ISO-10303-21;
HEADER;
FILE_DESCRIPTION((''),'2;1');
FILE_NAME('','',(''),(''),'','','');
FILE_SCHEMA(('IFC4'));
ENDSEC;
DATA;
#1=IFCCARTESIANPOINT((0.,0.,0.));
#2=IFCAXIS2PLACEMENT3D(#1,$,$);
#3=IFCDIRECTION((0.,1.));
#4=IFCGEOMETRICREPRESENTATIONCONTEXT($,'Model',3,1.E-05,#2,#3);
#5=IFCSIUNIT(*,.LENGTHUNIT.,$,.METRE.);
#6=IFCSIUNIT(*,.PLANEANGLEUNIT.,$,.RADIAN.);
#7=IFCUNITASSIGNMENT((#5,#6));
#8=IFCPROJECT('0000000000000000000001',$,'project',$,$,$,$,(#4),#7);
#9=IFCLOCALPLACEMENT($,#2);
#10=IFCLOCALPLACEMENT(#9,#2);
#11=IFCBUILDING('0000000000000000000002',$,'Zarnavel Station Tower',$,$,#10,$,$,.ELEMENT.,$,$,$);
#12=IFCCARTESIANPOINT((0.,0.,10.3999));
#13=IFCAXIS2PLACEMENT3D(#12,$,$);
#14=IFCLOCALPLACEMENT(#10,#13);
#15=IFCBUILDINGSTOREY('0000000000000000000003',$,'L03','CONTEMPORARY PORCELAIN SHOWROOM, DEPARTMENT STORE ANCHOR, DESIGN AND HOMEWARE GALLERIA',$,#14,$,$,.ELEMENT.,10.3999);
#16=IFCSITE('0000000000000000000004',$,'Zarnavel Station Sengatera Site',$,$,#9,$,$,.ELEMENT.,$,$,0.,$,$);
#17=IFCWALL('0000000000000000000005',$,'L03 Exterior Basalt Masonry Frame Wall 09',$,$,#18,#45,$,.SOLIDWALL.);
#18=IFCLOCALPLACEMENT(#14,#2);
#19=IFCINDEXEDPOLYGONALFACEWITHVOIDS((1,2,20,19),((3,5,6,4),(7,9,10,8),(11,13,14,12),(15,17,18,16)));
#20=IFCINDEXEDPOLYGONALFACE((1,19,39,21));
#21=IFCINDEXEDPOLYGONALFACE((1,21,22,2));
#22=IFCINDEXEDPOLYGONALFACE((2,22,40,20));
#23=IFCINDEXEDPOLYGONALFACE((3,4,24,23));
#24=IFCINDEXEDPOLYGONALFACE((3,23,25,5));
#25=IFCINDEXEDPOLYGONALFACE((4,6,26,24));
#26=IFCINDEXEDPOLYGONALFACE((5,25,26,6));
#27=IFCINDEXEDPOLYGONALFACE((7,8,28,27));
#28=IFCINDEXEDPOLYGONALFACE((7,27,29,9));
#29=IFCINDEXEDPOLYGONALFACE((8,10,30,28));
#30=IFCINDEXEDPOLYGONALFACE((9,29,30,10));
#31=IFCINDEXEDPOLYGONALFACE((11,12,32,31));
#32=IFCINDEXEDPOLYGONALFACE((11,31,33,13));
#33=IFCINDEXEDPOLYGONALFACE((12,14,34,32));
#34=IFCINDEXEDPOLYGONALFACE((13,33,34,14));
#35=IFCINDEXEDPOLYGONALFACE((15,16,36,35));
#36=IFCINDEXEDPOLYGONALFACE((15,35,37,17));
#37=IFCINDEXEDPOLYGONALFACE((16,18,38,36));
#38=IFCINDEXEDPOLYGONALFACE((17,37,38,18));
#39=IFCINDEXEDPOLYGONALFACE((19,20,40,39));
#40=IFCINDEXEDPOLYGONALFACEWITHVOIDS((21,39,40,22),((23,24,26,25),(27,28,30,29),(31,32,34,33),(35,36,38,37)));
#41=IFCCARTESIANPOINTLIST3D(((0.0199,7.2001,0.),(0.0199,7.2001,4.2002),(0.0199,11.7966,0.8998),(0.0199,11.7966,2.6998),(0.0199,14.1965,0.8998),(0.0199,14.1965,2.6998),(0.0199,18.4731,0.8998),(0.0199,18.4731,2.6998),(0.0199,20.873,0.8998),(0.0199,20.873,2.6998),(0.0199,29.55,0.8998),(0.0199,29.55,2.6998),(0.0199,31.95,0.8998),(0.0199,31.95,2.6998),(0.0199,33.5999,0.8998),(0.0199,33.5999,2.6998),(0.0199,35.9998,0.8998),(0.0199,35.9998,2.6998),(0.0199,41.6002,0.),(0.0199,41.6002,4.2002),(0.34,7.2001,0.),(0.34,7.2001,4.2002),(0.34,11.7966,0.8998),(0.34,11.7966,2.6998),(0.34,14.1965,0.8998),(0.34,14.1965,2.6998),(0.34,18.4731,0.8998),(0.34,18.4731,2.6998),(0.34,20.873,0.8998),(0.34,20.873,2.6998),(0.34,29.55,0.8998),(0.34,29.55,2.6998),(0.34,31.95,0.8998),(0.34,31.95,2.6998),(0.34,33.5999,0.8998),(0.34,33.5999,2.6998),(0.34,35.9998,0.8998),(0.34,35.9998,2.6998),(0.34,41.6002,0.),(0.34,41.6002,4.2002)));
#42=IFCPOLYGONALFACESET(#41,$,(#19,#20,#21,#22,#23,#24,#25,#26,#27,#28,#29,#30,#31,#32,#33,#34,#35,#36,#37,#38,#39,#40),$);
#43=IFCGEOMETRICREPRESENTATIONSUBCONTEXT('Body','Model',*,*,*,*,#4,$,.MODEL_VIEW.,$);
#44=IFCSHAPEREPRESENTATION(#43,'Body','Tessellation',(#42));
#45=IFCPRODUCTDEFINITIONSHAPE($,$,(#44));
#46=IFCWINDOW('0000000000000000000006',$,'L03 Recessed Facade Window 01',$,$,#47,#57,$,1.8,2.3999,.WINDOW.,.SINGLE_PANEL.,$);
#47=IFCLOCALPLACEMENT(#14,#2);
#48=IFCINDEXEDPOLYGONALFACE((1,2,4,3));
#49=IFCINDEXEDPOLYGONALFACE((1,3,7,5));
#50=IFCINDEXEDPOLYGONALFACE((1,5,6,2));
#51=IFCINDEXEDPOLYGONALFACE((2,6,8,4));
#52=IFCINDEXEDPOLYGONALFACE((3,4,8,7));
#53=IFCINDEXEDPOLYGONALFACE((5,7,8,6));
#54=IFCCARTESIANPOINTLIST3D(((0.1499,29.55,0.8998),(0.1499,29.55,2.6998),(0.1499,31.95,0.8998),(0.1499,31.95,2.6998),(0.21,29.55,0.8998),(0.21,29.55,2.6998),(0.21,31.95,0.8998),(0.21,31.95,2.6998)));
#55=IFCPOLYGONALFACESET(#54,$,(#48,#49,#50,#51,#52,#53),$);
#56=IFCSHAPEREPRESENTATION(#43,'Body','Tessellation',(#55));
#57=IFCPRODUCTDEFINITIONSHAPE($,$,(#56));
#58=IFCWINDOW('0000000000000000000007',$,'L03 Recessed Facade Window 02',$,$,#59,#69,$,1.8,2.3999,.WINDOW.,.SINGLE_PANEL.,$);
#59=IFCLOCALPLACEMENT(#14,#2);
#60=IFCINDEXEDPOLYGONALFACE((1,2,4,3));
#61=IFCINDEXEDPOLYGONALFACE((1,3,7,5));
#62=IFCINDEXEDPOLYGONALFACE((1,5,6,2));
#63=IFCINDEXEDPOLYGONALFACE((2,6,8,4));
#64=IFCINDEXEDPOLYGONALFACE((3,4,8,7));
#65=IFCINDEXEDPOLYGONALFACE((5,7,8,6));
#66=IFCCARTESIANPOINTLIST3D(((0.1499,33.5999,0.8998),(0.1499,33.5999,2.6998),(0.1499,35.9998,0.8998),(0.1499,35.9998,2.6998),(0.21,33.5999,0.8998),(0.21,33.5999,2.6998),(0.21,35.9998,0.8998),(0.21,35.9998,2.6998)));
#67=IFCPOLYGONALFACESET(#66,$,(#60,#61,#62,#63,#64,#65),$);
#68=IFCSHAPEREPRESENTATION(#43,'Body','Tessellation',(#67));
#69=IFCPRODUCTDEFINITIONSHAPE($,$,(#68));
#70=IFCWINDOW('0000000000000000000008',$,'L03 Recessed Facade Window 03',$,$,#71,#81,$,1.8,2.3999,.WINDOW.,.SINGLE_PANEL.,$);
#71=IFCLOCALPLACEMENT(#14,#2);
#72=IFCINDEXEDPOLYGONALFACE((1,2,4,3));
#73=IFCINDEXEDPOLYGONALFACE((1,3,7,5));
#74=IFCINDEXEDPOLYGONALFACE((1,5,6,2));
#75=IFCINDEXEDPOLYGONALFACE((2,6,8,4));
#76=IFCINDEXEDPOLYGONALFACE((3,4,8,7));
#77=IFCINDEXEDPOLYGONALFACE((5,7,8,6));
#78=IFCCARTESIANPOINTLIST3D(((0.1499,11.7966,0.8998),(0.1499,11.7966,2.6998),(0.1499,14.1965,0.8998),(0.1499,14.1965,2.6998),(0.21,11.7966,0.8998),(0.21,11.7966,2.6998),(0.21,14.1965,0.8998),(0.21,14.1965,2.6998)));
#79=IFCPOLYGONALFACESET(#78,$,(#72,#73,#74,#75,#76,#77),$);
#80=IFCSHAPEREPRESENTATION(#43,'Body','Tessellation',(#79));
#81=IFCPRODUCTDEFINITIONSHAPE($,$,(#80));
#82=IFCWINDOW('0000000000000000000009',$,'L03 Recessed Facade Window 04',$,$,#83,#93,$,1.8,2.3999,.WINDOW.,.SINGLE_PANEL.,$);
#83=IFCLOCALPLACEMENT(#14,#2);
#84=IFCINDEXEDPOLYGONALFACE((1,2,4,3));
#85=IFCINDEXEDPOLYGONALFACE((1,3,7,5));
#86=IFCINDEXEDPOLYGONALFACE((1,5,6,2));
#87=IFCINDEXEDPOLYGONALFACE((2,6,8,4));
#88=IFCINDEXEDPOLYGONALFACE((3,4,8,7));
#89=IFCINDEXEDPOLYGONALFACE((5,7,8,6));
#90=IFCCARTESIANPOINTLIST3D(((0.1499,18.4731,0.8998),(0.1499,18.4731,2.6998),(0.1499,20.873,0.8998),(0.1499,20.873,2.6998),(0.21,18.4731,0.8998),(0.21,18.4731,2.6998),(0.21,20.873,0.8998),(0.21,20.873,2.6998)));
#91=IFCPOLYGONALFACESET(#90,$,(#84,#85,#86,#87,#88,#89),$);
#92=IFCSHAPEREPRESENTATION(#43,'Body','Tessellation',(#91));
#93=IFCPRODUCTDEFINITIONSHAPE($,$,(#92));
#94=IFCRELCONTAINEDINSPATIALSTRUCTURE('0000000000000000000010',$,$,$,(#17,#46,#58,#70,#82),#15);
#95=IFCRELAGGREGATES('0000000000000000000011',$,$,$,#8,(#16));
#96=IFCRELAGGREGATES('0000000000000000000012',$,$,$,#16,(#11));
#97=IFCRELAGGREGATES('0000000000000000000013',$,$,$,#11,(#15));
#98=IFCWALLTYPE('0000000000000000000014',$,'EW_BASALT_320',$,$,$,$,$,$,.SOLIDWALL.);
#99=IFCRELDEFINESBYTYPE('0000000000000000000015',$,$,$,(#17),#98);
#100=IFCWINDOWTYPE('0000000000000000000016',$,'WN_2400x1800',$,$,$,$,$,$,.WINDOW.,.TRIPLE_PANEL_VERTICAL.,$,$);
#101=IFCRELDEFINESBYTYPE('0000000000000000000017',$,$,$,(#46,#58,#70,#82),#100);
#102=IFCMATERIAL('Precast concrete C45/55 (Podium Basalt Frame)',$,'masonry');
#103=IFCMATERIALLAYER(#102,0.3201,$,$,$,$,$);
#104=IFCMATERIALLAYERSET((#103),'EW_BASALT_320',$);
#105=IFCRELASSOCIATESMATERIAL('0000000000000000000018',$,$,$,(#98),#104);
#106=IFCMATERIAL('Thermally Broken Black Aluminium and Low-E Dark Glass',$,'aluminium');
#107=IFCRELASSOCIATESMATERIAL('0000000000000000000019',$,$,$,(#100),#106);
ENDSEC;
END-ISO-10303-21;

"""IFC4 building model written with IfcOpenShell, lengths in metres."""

from ifc_helpers import new_model, si_unit, direction, frame, frame_2d, origin, place, context, subcontext, project, spatial, rectangle, extrude, material, layer, layer_set, type_object, element, fill, save


model = new_model("IFC4")

# Units and contexts
model_context = context("Model", 3, precision=1e-05, world=origin(), true_north=direction((0.0, 1.0)))
body_context = subcontext(model_context, "Body", "Model", "MODEL_VIEW")
ifc_project = project(units=[si_unit("LENGTHUNIT", "METRE"), si_unit("PLANEANGLEUNIT", "RADIAN")], contexts=[model_context])

# Site, building, storey
site_placement = place(None, origin())
site = spatial("IfcSite", under=ifc_project, at=site_placement, Name="Zarnavel Station Sengatera Site", CompositionType="ELEMENT", RefElevation=0.0)
building_placement = place(site_placement, origin())
building = spatial("IfcBuilding", under=site, at=building_placement, Name="Zarnavel Station Tower", CompositionType="ELEMENT")
storey_placement = place(building_placement, frame((0.0, 0.0, 10.3999)))
storey = spatial("IfcBuildingStorey", under=building, at=storey_placement, Name="L03", Description="CONTEMPORARY PORCELAIN SHOWROOM, DEPARTMENT STORE ANCHOR, DESIGN AND HOMEWARE GALLERIA", CompositionType="ELEMENT", Elevation=10.3999)

# Wall, openings, windows
ifc_material_1 = material(Name="Precast concrete C45/55 (Podium Basalt Frame)", Category="masonry")
ifc_layer = layer(ifc_material_1, 0.3201)
ifc_layer_set = layer_set([ifc_layer], Name="EW_BASALT_320")
wall_type = type_object("IfcWallType", Name="EW_BASALT_320", PredefinedType="SOLIDWALL", material=ifc_layer_set)
wall_placement = place(storey_placement, frame((0.1799, 7.2, 0.0), z_axis=(0.0, 0.0, 1.0), x_axis=(0.0, 1.0, 0.0)))
wall = element("IfcWall", 1, at=wall_placement, inside=storey, type_object=wall_type, Name="L03 Exterior Basalt Masonry Frame Wall 09", PredefinedType="SOLIDWALL", context=body_context, shape_type="SweptSolid", body=[
    extrude(rectangle(XDim=34.4001, YDim=0.3201, at=frame_2d((17.2002, 0.0))), origin(), (0.0, 0.0, 1.0), 4.2002),
])
opening_1_placement = place(wall_placement, frame((22.3501, 0.0, 0.8999)))
opening_1 = element("IfcOpeningElement", 2, at=opening_1_placement, cuts=wall, PredefinedType="OPENING", context=body_context, shape_type="SweptSolid", body=[
    extrude(rectangle(XDim=2.3999, YDim=1.8, at=frame_2d((1.2, 0.8999))), frame((0.0, 0.1699, 0.0), z_axis=(0.0, -1.0, 0.0), x_axis=(1.0, 0.0, 0.0)), (0.0, 0.0, 1.0), 0.3401),
])
opening_2_placement = place(wall_placement, frame((26.3999, 0.0, 0.8999)))
opening_2 = element("IfcOpeningElement", 3, at=opening_2_placement, cuts=wall, PredefinedType="OPENING", context=body_context, shape_type="SweptSolid", body=[
    extrude(rectangle(XDim=2.3999, YDim=1.8, at=frame_2d((1.2, 0.8999))), frame((0.0, 0.1699, 0.0), z_axis=(0.0, -1.0, 0.0), x_axis=(1.0, 0.0, 0.0)), (0.0, 0.0, 1.0), 0.3401),
])
opening_3_placement = place(wall_placement, frame((4.5967, 0.0, 0.8999)))
opening_3 = element("IfcOpeningElement", 4, at=opening_3_placement, cuts=wall, PredefinedType="OPENING", context=body_context, shape_type="SweptSolid", body=[
    extrude(rectangle(XDim=2.3999, YDim=1.8, at=frame_2d((1.2, 0.8999))), frame((0.0, 0.1699, 0.0), z_axis=(0.0, -1.0, 0.0), x_axis=(1.0, 0.0, 0.0)), (0.0, 0.0, 1.0), 0.3401),
])
opening_4_placement = place(wall_placement, frame((11.2732, 0.0, 0.8999)))
opening_4 = element("IfcOpeningElement", 5, at=opening_4_placement, cuts=wall, PredefinedType="OPENING", context=body_context, shape_type="SweptSolid", body=[
    extrude(rectangle(XDim=2.3999, YDim=1.8, at=frame_2d((1.2, 0.8999))), frame((0.0, 0.1699, 0.0), z_axis=(0.0, -1.0, 0.0), x_axis=(1.0, 0.0, 0.0)), (0.0, 0.0, 1.0), 0.3401),
])
ifc_material_2 = material(Name="Thermally Broken Black Aluminium and Low-E Dark Glass", Category="aluminium")
window_type = type_object("IfcWindowType", Name="WN_2400x1800", PartitioningType="TRIPLE_PANEL_VERTICAL", PredefinedType="WINDOW", material=ifc_material_2)
window_1_placement = place(opening_1_placement, origin())
window_1 = element("IfcWindow", 6, at=window_1_placement, inside=storey, type_object=window_type, Name="L03 Recessed Facade Window 01", OverallHeight=1.8, OverallWidth=2.3999, PartitioningType="SINGLE_PANEL", PredefinedType="WINDOW", context=body_context, shape_type="SweptSolid", body=[
    extrude(rectangle(XDim=2.3999, YDim=1.8, at=frame_2d((1.2, 0.8999))), frame((0.0, 0.03, 0.0), z_axis=(0.0, -1.0, 0.0), x_axis=(1.0, 0.0, 0.0)), (0.0, 0.0, 1.0), 0.0601),
])
fill(opening_1, window_1)
window_2_placement = place(opening_2_placement, origin())
window_2 = element("IfcWindow", 7, at=window_2_placement, inside=storey, type_object=window_type, Name="L03 Recessed Facade Window 02", OverallHeight=1.8, OverallWidth=2.3999, PartitioningType="SINGLE_PANEL", PredefinedType="WINDOW", context=body_context, shape_type="SweptSolid", body=[
    extrude(rectangle(XDim=2.3999, YDim=1.8, at=frame_2d((1.2, 0.8999))), frame((0.0, 0.03, 0.0), z_axis=(0.0, -1.0, 0.0), x_axis=(1.0, 0.0, 0.0)), (0.0, 0.0, 1.0), 0.0601),
])
fill(opening_2, window_2)
window_3_placement = place(opening_3_placement, origin())
window_3 = element("IfcWindow", 8, at=window_3_placement, inside=storey, type_object=window_type, Name="L03 Recessed Facade Window 03", OverallHeight=1.8, OverallWidth=2.3999, PartitioningType="SINGLE_PANEL", PredefinedType="WINDOW", context=body_context, shape_type="SweptSolid", body=[
    extrude(rectangle(XDim=2.3999, YDim=1.8, at=frame_2d((1.2, 0.8999))), frame((0.0, 0.03, 0.0), z_axis=(0.0, -1.0, 0.0), x_axis=(1.0, 0.0, 0.0)), (0.0, 0.0, 1.0), 0.0601),
])
fill(opening_3, window_3)
window_4_placement = place(opening_4_placement, origin())
window_4 = element("IfcWindow", 9, at=window_4_placement, inside=storey, type_object=window_type, Name="L03 Recessed Facade Window 04", OverallHeight=1.8, OverallWidth=2.3999, PartitioningType="SINGLE_PANEL", PredefinedType="WINDOW", context=body_context, shape_type="SweptSolid", body=[
    extrude(rectangle(XDim=2.3999, YDim=1.8, at=frame_2d((1.2, 0.8999))), frame((0.0, 0.03, 0.0), z_axis=(0.0, -1.0, 0.0), x_axis=(1.0, 0.0, 0.0)), (0.0, 0.0, 1.0), 0.0601),
])
fill(opening_4, window_4)

save(model, "model.ifc")
